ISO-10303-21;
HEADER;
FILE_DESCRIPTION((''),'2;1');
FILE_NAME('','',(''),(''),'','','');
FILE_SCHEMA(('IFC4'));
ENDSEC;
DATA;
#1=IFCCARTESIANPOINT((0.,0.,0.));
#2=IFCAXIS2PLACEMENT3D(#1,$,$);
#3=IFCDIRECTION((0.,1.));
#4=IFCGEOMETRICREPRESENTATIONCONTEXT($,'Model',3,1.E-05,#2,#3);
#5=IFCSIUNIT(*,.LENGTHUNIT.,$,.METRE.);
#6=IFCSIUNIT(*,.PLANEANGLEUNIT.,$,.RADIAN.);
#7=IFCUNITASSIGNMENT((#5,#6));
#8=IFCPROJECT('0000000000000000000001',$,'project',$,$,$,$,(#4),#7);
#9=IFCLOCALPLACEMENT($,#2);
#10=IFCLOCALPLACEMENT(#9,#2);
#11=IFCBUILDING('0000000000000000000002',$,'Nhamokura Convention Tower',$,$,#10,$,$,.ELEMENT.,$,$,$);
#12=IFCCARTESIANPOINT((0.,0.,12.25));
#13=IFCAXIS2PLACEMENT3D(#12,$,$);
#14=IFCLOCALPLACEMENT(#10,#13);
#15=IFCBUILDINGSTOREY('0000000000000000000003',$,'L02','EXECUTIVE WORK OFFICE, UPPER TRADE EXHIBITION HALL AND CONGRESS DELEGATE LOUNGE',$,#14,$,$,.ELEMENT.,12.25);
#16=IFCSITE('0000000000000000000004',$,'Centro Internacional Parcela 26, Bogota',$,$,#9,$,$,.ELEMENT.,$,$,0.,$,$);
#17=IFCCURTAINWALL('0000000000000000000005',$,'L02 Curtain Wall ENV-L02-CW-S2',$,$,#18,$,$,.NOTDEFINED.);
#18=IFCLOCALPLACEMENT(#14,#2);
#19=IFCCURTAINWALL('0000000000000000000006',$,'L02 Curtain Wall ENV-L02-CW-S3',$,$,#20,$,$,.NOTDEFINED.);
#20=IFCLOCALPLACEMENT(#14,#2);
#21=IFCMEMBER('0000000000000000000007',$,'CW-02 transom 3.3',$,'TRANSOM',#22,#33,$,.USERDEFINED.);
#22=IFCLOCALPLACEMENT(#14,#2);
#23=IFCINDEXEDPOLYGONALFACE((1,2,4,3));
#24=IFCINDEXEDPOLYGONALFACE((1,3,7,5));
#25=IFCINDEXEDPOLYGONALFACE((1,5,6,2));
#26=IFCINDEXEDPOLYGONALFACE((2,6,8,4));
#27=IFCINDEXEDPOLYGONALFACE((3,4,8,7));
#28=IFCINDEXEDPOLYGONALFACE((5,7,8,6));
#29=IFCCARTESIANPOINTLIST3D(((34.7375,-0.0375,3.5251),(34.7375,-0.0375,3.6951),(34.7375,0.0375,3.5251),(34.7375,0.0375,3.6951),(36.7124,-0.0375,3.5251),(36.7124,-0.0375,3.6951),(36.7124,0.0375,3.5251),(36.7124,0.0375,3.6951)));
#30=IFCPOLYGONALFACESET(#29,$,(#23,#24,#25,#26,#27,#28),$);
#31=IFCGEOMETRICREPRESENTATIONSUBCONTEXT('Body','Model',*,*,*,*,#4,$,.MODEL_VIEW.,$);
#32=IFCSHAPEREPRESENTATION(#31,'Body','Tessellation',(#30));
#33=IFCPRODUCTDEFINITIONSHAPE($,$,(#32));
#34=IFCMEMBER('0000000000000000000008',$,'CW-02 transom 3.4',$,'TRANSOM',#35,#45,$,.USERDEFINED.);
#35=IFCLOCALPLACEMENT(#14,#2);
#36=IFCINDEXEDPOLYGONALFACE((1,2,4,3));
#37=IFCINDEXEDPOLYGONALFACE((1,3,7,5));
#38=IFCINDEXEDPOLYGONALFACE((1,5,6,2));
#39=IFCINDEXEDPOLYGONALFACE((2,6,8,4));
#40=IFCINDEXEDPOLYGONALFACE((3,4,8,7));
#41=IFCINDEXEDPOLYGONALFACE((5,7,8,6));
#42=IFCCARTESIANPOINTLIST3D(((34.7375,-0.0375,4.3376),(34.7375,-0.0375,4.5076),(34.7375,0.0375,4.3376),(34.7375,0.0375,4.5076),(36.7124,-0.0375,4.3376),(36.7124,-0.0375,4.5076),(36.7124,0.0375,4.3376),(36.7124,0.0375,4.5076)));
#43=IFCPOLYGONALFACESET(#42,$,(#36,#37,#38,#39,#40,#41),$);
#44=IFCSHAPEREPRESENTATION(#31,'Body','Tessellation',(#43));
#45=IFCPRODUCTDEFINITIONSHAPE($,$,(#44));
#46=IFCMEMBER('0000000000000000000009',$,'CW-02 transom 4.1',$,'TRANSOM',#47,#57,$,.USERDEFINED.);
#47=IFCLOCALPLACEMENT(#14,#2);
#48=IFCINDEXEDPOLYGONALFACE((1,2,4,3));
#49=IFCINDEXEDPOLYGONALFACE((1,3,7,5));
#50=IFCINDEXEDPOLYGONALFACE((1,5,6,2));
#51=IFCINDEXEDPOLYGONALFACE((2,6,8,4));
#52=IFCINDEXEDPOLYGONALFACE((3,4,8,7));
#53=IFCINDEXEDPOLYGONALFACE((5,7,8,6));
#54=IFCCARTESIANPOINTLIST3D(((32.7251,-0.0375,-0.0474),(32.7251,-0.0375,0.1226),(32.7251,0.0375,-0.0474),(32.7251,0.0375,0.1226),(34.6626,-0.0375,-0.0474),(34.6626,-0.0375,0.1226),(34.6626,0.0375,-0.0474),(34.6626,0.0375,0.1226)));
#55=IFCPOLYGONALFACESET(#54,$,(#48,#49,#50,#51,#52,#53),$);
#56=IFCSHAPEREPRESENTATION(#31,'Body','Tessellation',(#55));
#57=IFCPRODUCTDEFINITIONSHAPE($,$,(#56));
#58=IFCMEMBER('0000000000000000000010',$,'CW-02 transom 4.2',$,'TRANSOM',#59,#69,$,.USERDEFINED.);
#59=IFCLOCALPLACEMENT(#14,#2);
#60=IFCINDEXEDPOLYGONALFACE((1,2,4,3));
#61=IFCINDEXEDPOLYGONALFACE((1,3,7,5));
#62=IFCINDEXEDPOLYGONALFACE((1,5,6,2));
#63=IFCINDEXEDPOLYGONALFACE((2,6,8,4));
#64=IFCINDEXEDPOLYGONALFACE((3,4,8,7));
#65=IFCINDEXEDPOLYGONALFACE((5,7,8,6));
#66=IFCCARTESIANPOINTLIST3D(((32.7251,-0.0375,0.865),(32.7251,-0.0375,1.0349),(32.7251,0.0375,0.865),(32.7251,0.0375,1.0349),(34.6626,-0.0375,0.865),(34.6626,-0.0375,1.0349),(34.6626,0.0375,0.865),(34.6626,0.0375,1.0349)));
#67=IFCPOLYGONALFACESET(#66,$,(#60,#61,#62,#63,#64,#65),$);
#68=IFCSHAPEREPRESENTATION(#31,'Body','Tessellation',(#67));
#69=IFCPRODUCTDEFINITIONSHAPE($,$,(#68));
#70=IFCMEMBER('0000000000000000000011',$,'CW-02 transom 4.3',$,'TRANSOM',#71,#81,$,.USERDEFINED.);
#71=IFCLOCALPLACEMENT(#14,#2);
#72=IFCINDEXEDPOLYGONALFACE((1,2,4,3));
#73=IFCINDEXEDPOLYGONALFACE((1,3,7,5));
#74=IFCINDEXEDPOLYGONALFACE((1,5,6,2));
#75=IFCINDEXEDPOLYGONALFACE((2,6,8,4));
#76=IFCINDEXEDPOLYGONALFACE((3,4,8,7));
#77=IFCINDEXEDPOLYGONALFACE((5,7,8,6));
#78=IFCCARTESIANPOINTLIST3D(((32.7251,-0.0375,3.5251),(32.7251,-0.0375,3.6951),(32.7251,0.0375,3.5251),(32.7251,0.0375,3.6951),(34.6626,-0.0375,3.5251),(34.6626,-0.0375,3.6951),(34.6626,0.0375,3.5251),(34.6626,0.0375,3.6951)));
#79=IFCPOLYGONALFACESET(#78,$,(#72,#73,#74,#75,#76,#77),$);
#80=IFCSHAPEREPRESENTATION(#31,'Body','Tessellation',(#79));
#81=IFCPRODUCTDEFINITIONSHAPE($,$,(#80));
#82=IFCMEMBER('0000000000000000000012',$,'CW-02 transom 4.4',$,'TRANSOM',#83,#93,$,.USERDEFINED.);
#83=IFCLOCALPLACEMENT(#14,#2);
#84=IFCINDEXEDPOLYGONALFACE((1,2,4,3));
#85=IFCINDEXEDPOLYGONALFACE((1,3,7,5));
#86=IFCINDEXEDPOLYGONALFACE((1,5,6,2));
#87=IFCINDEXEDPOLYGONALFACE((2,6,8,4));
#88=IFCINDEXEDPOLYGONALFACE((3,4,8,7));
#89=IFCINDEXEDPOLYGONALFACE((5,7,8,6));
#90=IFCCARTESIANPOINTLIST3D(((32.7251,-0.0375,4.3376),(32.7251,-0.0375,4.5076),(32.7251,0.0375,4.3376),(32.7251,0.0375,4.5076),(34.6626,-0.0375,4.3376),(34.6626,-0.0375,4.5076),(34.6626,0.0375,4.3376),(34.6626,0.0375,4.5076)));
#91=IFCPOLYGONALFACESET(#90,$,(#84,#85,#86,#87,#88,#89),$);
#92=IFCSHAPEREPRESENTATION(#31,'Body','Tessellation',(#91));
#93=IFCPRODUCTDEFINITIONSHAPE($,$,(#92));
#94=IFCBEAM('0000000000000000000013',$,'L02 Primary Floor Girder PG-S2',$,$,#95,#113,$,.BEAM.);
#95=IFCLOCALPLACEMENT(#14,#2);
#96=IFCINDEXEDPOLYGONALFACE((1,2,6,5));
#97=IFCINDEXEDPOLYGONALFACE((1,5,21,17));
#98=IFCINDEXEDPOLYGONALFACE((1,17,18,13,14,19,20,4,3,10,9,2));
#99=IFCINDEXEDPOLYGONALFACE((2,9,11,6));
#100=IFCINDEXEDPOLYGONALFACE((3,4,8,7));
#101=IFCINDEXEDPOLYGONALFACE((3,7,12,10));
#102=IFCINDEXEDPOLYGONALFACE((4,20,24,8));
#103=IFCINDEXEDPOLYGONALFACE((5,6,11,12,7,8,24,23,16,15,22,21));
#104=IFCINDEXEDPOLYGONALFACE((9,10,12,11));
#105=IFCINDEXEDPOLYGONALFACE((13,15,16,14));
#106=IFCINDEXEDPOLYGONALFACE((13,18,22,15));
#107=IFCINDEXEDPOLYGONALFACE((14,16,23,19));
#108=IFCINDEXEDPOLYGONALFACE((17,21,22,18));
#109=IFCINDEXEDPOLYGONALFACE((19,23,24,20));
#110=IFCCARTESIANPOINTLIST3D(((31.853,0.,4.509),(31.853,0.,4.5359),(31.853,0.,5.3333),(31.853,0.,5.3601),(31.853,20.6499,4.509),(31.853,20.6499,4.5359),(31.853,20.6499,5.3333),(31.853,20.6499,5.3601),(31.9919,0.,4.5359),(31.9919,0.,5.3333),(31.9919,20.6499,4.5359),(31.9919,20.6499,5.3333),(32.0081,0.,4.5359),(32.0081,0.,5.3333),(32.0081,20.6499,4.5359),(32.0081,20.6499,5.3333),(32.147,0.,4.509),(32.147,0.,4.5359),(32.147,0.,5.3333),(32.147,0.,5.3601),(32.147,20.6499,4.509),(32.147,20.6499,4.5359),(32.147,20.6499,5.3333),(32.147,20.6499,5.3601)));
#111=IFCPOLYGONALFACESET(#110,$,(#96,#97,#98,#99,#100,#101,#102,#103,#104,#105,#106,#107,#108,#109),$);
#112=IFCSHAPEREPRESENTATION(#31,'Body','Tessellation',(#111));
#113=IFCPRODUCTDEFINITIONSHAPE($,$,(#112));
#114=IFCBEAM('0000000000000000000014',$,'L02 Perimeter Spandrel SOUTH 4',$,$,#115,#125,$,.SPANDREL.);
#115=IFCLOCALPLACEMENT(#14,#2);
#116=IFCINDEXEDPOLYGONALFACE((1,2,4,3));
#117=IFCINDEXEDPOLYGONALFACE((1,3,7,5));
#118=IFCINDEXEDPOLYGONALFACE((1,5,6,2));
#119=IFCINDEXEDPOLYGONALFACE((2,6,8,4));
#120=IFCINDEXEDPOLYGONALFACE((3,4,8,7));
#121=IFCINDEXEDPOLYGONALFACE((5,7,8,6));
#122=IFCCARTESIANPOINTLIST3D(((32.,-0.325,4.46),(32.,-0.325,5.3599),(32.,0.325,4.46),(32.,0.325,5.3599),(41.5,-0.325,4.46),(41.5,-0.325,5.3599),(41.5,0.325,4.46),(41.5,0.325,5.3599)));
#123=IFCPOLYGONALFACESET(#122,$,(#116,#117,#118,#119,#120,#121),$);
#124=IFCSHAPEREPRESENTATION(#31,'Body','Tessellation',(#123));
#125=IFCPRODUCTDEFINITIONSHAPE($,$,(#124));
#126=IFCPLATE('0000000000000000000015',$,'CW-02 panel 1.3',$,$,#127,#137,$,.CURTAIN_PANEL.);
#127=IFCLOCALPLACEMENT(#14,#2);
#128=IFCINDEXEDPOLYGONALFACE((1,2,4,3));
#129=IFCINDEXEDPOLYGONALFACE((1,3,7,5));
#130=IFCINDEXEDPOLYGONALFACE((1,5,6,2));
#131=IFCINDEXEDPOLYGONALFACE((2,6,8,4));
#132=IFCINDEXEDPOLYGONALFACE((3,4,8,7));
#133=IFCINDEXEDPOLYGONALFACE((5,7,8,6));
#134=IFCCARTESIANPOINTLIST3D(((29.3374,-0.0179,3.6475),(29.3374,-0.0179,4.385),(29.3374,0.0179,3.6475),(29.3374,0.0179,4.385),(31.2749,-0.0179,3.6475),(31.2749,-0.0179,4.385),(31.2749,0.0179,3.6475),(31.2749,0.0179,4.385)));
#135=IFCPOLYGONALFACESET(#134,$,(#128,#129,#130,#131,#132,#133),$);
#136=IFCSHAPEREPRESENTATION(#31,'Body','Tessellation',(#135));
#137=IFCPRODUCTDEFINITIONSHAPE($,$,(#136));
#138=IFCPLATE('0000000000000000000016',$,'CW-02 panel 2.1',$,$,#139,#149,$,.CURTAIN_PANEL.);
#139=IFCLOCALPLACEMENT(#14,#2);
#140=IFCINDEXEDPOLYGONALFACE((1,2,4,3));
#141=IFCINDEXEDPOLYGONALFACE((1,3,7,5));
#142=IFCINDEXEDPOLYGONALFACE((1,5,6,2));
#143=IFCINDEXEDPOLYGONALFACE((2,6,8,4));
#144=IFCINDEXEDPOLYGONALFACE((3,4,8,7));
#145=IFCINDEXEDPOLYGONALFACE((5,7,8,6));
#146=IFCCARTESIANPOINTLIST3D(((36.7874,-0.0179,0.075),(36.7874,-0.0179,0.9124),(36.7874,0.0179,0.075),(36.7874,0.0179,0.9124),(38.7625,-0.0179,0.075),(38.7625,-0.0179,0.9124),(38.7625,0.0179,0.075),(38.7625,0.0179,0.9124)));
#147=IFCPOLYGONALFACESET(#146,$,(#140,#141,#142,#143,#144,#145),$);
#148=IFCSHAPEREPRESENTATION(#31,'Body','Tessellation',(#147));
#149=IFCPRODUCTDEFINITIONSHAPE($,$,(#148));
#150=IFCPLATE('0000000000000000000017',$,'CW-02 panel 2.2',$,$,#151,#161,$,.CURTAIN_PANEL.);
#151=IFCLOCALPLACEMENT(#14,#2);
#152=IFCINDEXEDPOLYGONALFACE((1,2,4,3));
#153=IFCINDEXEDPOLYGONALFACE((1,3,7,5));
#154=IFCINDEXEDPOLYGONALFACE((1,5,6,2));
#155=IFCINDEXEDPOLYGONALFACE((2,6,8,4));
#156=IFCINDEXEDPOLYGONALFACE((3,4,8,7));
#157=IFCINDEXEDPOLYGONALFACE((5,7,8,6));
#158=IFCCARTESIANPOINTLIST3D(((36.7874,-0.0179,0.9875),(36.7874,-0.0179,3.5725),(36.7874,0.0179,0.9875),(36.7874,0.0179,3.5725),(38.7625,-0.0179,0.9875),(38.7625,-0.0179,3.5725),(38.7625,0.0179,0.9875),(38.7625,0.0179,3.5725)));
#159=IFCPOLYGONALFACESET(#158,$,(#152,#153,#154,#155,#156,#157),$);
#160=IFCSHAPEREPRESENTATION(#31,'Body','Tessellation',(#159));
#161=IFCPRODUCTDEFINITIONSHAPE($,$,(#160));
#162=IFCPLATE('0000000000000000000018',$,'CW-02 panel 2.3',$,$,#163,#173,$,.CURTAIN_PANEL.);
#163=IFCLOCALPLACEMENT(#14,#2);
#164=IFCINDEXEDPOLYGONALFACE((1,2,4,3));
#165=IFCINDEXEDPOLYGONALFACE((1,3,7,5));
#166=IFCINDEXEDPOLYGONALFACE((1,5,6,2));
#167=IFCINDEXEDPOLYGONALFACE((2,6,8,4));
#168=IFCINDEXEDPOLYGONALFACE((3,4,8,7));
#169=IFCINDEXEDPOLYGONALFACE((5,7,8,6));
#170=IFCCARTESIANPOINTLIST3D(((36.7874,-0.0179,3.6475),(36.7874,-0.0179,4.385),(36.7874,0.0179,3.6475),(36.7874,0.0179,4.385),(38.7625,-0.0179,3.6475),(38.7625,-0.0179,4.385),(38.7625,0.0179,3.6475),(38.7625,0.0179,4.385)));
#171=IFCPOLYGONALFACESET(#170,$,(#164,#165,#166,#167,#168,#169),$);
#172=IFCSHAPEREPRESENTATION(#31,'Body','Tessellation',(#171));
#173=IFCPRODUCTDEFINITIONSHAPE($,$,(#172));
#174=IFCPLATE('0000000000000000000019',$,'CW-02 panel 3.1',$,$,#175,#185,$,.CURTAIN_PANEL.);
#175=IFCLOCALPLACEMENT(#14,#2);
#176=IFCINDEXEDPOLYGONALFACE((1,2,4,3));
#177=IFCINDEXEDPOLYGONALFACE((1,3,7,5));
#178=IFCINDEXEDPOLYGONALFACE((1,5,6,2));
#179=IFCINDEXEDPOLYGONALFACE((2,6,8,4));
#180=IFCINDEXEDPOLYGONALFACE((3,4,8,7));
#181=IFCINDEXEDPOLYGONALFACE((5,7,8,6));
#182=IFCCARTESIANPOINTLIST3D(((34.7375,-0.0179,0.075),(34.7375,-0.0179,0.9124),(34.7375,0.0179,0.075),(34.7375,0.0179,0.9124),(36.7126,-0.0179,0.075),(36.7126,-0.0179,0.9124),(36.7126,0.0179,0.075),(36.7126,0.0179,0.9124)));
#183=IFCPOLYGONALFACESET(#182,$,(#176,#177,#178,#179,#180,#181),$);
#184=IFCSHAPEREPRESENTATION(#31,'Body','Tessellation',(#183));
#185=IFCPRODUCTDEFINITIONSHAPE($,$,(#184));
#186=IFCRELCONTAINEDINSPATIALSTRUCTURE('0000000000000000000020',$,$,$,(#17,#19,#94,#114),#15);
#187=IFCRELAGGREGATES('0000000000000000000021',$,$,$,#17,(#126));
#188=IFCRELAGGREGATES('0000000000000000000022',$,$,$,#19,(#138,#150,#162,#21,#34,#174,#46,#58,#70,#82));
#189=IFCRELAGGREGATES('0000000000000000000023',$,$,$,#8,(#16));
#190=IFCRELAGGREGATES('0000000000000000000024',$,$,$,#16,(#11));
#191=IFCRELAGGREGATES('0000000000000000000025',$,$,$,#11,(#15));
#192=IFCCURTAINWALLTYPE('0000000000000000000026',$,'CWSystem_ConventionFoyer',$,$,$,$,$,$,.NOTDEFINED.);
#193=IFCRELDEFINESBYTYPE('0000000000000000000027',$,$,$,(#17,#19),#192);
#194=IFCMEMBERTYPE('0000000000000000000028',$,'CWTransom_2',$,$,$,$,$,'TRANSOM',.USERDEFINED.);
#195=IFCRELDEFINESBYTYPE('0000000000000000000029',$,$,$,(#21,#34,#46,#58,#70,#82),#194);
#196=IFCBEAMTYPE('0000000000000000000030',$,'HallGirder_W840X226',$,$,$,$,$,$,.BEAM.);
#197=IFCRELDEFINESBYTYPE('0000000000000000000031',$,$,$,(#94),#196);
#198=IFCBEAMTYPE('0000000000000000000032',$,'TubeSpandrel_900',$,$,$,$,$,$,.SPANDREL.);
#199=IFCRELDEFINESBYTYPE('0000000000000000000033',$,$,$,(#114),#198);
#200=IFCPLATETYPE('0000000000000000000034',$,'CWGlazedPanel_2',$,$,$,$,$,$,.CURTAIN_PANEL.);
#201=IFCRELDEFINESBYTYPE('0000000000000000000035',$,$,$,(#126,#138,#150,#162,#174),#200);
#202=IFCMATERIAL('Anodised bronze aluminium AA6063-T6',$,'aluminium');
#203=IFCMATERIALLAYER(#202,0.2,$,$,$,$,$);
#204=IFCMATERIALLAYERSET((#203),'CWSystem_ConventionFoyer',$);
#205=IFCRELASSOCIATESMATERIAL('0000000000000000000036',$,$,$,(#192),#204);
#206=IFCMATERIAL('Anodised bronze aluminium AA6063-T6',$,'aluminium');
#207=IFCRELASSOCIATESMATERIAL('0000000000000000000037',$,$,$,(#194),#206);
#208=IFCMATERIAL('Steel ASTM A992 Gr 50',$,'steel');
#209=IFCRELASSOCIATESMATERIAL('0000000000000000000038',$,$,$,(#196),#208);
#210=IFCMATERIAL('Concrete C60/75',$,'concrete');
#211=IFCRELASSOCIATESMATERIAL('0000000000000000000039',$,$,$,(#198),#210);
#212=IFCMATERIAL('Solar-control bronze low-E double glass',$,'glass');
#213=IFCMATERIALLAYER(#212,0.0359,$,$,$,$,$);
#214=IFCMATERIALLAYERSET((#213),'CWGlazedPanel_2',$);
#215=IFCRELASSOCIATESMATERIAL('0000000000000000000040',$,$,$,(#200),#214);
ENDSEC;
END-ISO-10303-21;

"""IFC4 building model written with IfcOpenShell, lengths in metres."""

from ifc_helpers import new_model, si_unit, direction, frame, origin, origin_2d, place, context, subcontext, project, spatial, rectangle, i_section, extrude, material, layer, layer_set, material_profile, profile_set, type_object, element, aggregate, save


model = new_model("IFC4")

# Units and contexts
model_context = context("Model", 3, precision=1e-05, world=origin(), true_north=direction((0.0, 1.0)))
body_context = subcontext(model_context, "Body", "Model", "MODEL_VIEW")
ifc_project = project(units=[si_unit("LENGTHUNIT", "METRE"), si_unit("PLANEANGLEUNIT", "RADIAN")], contexts=[model_context])

# Site, building, storey
site_placement = place(None, origin())
site = spatial("IfcSite", under=ifc_project, at=site_placement, Name="Centro Internacional Parcela 26, Bogota", CompositionType="ELEMENT", RefElevation=0.0)
building_placement = place(site_placement, origin())
building = spatial("IfcBuilding", under=site, at=building_placement, Name="Nhamokura Convention Tower", CompositionType="ELEMENT")
storey_placement = place(building_placement, frame((0.0, 0.0, 12.25)))
storey = spatial("IfcBuildingStorey", under=building, at=storey_placement, Name="L02", Description="EXECUTIVE WORK OFFICE, UPPER TRADE EXHIBITION HALL AND CONGRESS DELEGATE LOUNGE", CompositionType="ELEMENT", Elevation=12.25)

# Curtain wall
ifc_material_1 = material(Name="Anodised bronze aluminium AA6063-T6", Category="aluminium")
ifc_layer_1 = layer(ifc_material_1, 0.2)
ifc_layer_set_1 = layer_set([ifc_layer_1], Name="CWSystem_ConventionFoyer")
curtain_wall_type = type_object("IfcCurtainWallType", Name="CWSystem_ConventionFoyer", PredefinedType="NOTDEFINED", material=ifc_layer_set_1)
curtain_wall_1_placement = place(storey_placement, origin())
curtain_wall_1 = element("IfcCurtainWall", 1, at=curtain_wall_1_placement, inside=storey, type_object=curtain_wall_type, Name="L02 Curtain Wall ENV-L02-CW-S2", PredefinedType="NOTDEFINED")

# Curtain wall
curtain_wall_2_placement = place(storey_placement, origin())
curtain_wall_2 = element("IfcCurtainWall", 2, at=curtain_wall_2_placement, inside=storey, type_object=curtain_wall_type, Name="L02 Curtain Wall ENV-L02-CW-S3", PredefinedType="NOTDEFINED")

# Members
ifc_material_2 = material(Name="Anodised bronze aluminium AA6063-T6", Category="aluminium")
ifc_material_profile_1 = material_profile(ifc_material_2, rectangle(XDim=0.075, YDim=0.1699, at=origin_2d()))
ifc_profile_set_1 = profile_set([ifc_material_profile_1], Name="Anodised bronze aluminium AA6063-T6")
member_type_1 = type_object("IfcMemberType", Name="CWTransom_2", ElementType="TRANSOM", PredefinedType="USERDEFINED", material=ifc_profile_set_1)
member_1_placement = place(storey_placement, frame((36.7124, 0.0, 3.6101), z_axis=(-1.0, 0.0, 0.0), x_axis=(0.0, -1.0, 0.0)))
member_1 = element("IfcMember", 3, at=member_1_placement, type_object=member_type_1, Name="CW-02 transom 3.3", ObjectType="TRANSOM", PredefinedType="USERDEFINED", context=body_context, shape_type="SweptSolid", body=[
    extrude(rectangle(XDim=0.075, YDim=0.1699, at=origin_2d()), origin(), (0.0, 0.0, 1.0), 1.9749),
])
member_2_placement = place(storey_placement, frame((36.7124, 0.0, 4.4226), z_axis=(-1.0, 0.0, 0.0), x_axis=(0.0, -1.0, 0.0)))
member_2 = element("IfcMember", 4, at=member_2_placement, type_object=member_type_1, Name="CW-02 transom 3.4", ObjectType="TRANSOM", PredefinedType="USERDEFINED", context=body_context, shape_type="SweptSolid", body=[
    extrude(rectangle(XDim=0.075, YDim=0.1699, at=origin_2d()), origin(), (0.0, 0.0, 1.0), 1.9749),
])
member_3_placement = place(storey_placement, frame((34.6626, 0.0, 0.0376), z_axis=(-1.0, 0.0, 0.0), x_axis=(0.0, -1.0, 0.0)))
member_3 = element("IfcMember", 5, at=member_3_placement, type_object=member_type_1, Name="CW-02 transom 4.1", ObjectType="TRANSOM", PredefinedType="USERDEFINED", context=body_context, shape_type="SweptSolid", body=[
    extrude(rectangle(XDim=0.075, YDim=0.1699, at=origin_2d()), origin(), (0.0, 0.0, 1.0), 1.9375),
])
member_4_placement = place(storey_placement, frame((34.6626, 0.0, 0.95), z_axis=(-1.0, 0.0, 0.0), x_axis=(0.0, -1.0, 0.0)))
member_4 = element("IfcMember", 6, at=member_4_placement, type_object=member_type_1, Name="CW-02 transom 4.2", ObjectType="TRANSOM", PredefinedType="USERDEFINED", context=body_context, shape_type="SweptSolid", body=[
    extrude(rectangle(XDim=0.075, YDim=0.1699, at=origin_2d()), origin(), (0.0, 0.0, 1.0), 1.9375),
])
member_5_placement = place(storey_placement, frame((34.6626, 0.0, 3.6101), z_axis=(-1.0, 0.0, 0.0), x_axis=(0.0, -1.0, 0.0)))
member_5 = element("IfcMember", 7, at=member_5_placement, type_object=member_type_1, Name="CW-02 transom 4.3", ObjectType="TRANSOM", PredefinedType="USERDEFINED", context=body_context, shape_type="SweptSolid", body=[
    extrude(rectangle(XDim=0.075, YDim=0.1699, at=origin_2d()), origin(), (0.0, 0.0, 1.0), 1.9375),
])
member_6_placement = place(storey_placement, frame((34.6626, 0.0, 4.4226), z_axis=(-1.0, 0.0, 0.0), x_axis=(0.0, -1.0, 0.0)))
member_6 = element("IfcMember", 8, at=member_6_placement, type_object=member_type_1, Name="CW-02 transom 4.4", ObjectType="TRANSOM", PredefinedType="USERDEFINED", context=body_context, shape_type="SweptSolid", body=[
    extrude(rectangle(XDim=0.075, YDim=0.1699, at=origin_2d()), origin(), (0.0, 0.0, 1.0), 1.9375),
])

# Beams
ifc_material_3 = material(Name="Steel ASTM A992 Gr 50", Category="steel")
ifc_material_profile_2 = material_profile(ifc_material_3, i_section(OverallWidth=0.2939, OverallDepth=0.8511, WebThickness=0.0161, FlangeThickness=0.0269, at=origin_2d()))
ifc_profile_set_2 = profile_set([ifc_material_profile_2], Name="Steel ASTM A992 Gr 50")
beam_type_1 = type_object("IfcBeamType", Name="HallGirder_W840X226", PredefinedType="BEAM", material=ifc_profile_set_2)
beam_1_placement = place(storey_placement, frame((32.0, 0.0, 4.9346), z_axis=(0.0, 1.0, 0.0), x_axis=(-1.0, 0.0, 0.0)))
element("IfcBeam", 9, at=beam_1_placement, inside=storey, type_object=beam_type_1, Name="L02 Primary Floor Girder PG-S2", PredefinedType="BEAM", context=body_context, shape_type="SweptSolid", body=[
    extrude(i_section(OverallWidth=0.2939, OverallDepth=0.8511, WebThickness=0.0161, FlangeThickness=0.0269, at=origin_2d()), origin(), (0.0, 0.0, 1.0), 20.6499),
])
ifc_material_4 = material(Name="Concrete C60/75", Category="concrete")
ifc_material_profile_3 = material_profile(ifc_material_4, rectangle(XDim=0.6499, YDim=0.8999, at=origin_2d()))
ifc_profile_set_3 = profile_set([ifc_material_profile_3], Name="Concrete C60/75")
beam_type_2 = type_object("IfcBeamType", Name="TubeSpandrel_900", PredefinedType="SPANDREL", material=ifc_profile_set_3)
beam_2_placement = place(storey_placement, frame((32.0, 0.0, 4.9099), z_axis=(1.0, 0.0, 0.0), x_axis=(0.0, 1.0, 0.0)))
element("IfcBeam", 10, at=beam_2_placement, inside=storey, type_object=beam_type_2, Name="L02 Perimeter Spandrel SOUTH 4", PredefinedType="SPANDREL", context=body_context, shape_type="SweptSolid", body=[
    extrude(rectangle(XDim=0.6499, YDim=0.8999, at=origin_2d()), origin(), (0.0, 0.0, 1.0), 9.5),
])

# Plates
ifc_material_5 = material(Name="Solar-control bronze low-E double glass", Category="glass")
ifc_layer_2 = layer(ifc_material_5, 0.0359)
ifc_layer_set_2 = layer_set([ifc_layer_2], Name="CWGlazedPanel_2")
plate_type = type_object("IfcPlateType", Name="CWGlazedPanel_2", PredefinedType="CURTAIN_PANEL", material=ifc_layer_set_2)
plate_1_placement = place(storey_placement, frame((30.3062, 0.0, 3.6475), z_axis=(0.0, 0.0, 1.0), x_axis=(-1.0, 0.0, 0.0)))
plate_1 = element("IfcPlate", 11, at=plate_1_placement, type_object=plate_type, Name="CW-02 panel 1.3", PredefinedType="CURTAIN_PANEL", context=body_context, shape_type="SweptSolid", body=[
    extrude(rectangle(XDim=1.9375, YDim=0.0359, at=origin_2d()), origin(), (0.0, 0.0, 1.0), 0.7375),
])
aggregate(curtain_wall_1, [plate_1])
plate_2_placement = place(storey_placement, frame((37.7749, 0.0, 0.075), z_axis=(0.0, 0.0, 1.0), x_axis=(-1.0, 0.0, 0.0)))
plate_2 = element("IfcPlate", 12, at=plate_2_placement, type_object=plate_type, Name="CW-02 panel 2.1", PredefinedType="CURTAIN_PANEL", context=body_context, shape_type="SweptSolid", body=[
    extrude(rectangle(XDim=1.9751, YDim=0.0359, at=origin_2d()), origin(), (0.0, 0.0, 1.0), 0.8374),
])
plate_3_placement = place(storey_placement, frame((37.7749, 0.0, 0.9875), z_axis=(0.0, 0.0, 1.0), x_axis=(-1.0, 0.0, 0.0)))
plate_3 = element("IfcPlate", 13, at=plate_3_placement, type_object=plate_type, Name="CW-02 panel 2.2", PredefinedType="CURTAIN_PANEL", context=body_context, shape_type="SweptSolid", body=[
    extrude(rectangle(XDim=1.9751, YDim=0.0359, at=origin_2d()), origin(), (0.0, 0.0, 1.0), 2.585),
])
plate_4_placement = place(storey_placement, frame((37.7749, 0.0, 3.6475), z_axis=(0.0, 0.0, 1.0), x_axis=(-1.0, 0.0, 0.0)))
plate_4 = element("IfcPlate", 14, at=plate_4_placement, type_object=plate_type, Name="CW-02 panel 2.3", PredefinedType="CURTAIN_PANEL", context=body_context, shape_type="SweptSolid", body=[
    extrude(rectangle(XDim=1.9751, YDim=0.0359, at=origin_2d()), origin(), (0.0, 0.0, 1.0), 0.7375),
])
plate_5_placement = place(storey_placement, frame((35.7251, 0.0, 0.075), z_axis=(0.0, 0.0, 1.0), x_axis=(-1.0, 0.0, 0.0)))
plate_5 = element("IfcPlate", 15, at=plate_5_placement, type_object=plate_type, Name="CW-02 panel 3.1", PredefinedType="CURTAIN_PANEL", context=body_context, shape_type="SweptSolid", body=[
    extrude(rectangle(XDim=1.9751, YDim=0.0359, at=origin_2d()), origin(), (0.0, 0.0, 1.0), 0.8374),
])
aggregate(curtain_wall_2, [plate_2, plate_3, plate_4, member_1, member_2, plate_5, member_3, member_4, member_5, member_6])

save(model, "model.ifc")
